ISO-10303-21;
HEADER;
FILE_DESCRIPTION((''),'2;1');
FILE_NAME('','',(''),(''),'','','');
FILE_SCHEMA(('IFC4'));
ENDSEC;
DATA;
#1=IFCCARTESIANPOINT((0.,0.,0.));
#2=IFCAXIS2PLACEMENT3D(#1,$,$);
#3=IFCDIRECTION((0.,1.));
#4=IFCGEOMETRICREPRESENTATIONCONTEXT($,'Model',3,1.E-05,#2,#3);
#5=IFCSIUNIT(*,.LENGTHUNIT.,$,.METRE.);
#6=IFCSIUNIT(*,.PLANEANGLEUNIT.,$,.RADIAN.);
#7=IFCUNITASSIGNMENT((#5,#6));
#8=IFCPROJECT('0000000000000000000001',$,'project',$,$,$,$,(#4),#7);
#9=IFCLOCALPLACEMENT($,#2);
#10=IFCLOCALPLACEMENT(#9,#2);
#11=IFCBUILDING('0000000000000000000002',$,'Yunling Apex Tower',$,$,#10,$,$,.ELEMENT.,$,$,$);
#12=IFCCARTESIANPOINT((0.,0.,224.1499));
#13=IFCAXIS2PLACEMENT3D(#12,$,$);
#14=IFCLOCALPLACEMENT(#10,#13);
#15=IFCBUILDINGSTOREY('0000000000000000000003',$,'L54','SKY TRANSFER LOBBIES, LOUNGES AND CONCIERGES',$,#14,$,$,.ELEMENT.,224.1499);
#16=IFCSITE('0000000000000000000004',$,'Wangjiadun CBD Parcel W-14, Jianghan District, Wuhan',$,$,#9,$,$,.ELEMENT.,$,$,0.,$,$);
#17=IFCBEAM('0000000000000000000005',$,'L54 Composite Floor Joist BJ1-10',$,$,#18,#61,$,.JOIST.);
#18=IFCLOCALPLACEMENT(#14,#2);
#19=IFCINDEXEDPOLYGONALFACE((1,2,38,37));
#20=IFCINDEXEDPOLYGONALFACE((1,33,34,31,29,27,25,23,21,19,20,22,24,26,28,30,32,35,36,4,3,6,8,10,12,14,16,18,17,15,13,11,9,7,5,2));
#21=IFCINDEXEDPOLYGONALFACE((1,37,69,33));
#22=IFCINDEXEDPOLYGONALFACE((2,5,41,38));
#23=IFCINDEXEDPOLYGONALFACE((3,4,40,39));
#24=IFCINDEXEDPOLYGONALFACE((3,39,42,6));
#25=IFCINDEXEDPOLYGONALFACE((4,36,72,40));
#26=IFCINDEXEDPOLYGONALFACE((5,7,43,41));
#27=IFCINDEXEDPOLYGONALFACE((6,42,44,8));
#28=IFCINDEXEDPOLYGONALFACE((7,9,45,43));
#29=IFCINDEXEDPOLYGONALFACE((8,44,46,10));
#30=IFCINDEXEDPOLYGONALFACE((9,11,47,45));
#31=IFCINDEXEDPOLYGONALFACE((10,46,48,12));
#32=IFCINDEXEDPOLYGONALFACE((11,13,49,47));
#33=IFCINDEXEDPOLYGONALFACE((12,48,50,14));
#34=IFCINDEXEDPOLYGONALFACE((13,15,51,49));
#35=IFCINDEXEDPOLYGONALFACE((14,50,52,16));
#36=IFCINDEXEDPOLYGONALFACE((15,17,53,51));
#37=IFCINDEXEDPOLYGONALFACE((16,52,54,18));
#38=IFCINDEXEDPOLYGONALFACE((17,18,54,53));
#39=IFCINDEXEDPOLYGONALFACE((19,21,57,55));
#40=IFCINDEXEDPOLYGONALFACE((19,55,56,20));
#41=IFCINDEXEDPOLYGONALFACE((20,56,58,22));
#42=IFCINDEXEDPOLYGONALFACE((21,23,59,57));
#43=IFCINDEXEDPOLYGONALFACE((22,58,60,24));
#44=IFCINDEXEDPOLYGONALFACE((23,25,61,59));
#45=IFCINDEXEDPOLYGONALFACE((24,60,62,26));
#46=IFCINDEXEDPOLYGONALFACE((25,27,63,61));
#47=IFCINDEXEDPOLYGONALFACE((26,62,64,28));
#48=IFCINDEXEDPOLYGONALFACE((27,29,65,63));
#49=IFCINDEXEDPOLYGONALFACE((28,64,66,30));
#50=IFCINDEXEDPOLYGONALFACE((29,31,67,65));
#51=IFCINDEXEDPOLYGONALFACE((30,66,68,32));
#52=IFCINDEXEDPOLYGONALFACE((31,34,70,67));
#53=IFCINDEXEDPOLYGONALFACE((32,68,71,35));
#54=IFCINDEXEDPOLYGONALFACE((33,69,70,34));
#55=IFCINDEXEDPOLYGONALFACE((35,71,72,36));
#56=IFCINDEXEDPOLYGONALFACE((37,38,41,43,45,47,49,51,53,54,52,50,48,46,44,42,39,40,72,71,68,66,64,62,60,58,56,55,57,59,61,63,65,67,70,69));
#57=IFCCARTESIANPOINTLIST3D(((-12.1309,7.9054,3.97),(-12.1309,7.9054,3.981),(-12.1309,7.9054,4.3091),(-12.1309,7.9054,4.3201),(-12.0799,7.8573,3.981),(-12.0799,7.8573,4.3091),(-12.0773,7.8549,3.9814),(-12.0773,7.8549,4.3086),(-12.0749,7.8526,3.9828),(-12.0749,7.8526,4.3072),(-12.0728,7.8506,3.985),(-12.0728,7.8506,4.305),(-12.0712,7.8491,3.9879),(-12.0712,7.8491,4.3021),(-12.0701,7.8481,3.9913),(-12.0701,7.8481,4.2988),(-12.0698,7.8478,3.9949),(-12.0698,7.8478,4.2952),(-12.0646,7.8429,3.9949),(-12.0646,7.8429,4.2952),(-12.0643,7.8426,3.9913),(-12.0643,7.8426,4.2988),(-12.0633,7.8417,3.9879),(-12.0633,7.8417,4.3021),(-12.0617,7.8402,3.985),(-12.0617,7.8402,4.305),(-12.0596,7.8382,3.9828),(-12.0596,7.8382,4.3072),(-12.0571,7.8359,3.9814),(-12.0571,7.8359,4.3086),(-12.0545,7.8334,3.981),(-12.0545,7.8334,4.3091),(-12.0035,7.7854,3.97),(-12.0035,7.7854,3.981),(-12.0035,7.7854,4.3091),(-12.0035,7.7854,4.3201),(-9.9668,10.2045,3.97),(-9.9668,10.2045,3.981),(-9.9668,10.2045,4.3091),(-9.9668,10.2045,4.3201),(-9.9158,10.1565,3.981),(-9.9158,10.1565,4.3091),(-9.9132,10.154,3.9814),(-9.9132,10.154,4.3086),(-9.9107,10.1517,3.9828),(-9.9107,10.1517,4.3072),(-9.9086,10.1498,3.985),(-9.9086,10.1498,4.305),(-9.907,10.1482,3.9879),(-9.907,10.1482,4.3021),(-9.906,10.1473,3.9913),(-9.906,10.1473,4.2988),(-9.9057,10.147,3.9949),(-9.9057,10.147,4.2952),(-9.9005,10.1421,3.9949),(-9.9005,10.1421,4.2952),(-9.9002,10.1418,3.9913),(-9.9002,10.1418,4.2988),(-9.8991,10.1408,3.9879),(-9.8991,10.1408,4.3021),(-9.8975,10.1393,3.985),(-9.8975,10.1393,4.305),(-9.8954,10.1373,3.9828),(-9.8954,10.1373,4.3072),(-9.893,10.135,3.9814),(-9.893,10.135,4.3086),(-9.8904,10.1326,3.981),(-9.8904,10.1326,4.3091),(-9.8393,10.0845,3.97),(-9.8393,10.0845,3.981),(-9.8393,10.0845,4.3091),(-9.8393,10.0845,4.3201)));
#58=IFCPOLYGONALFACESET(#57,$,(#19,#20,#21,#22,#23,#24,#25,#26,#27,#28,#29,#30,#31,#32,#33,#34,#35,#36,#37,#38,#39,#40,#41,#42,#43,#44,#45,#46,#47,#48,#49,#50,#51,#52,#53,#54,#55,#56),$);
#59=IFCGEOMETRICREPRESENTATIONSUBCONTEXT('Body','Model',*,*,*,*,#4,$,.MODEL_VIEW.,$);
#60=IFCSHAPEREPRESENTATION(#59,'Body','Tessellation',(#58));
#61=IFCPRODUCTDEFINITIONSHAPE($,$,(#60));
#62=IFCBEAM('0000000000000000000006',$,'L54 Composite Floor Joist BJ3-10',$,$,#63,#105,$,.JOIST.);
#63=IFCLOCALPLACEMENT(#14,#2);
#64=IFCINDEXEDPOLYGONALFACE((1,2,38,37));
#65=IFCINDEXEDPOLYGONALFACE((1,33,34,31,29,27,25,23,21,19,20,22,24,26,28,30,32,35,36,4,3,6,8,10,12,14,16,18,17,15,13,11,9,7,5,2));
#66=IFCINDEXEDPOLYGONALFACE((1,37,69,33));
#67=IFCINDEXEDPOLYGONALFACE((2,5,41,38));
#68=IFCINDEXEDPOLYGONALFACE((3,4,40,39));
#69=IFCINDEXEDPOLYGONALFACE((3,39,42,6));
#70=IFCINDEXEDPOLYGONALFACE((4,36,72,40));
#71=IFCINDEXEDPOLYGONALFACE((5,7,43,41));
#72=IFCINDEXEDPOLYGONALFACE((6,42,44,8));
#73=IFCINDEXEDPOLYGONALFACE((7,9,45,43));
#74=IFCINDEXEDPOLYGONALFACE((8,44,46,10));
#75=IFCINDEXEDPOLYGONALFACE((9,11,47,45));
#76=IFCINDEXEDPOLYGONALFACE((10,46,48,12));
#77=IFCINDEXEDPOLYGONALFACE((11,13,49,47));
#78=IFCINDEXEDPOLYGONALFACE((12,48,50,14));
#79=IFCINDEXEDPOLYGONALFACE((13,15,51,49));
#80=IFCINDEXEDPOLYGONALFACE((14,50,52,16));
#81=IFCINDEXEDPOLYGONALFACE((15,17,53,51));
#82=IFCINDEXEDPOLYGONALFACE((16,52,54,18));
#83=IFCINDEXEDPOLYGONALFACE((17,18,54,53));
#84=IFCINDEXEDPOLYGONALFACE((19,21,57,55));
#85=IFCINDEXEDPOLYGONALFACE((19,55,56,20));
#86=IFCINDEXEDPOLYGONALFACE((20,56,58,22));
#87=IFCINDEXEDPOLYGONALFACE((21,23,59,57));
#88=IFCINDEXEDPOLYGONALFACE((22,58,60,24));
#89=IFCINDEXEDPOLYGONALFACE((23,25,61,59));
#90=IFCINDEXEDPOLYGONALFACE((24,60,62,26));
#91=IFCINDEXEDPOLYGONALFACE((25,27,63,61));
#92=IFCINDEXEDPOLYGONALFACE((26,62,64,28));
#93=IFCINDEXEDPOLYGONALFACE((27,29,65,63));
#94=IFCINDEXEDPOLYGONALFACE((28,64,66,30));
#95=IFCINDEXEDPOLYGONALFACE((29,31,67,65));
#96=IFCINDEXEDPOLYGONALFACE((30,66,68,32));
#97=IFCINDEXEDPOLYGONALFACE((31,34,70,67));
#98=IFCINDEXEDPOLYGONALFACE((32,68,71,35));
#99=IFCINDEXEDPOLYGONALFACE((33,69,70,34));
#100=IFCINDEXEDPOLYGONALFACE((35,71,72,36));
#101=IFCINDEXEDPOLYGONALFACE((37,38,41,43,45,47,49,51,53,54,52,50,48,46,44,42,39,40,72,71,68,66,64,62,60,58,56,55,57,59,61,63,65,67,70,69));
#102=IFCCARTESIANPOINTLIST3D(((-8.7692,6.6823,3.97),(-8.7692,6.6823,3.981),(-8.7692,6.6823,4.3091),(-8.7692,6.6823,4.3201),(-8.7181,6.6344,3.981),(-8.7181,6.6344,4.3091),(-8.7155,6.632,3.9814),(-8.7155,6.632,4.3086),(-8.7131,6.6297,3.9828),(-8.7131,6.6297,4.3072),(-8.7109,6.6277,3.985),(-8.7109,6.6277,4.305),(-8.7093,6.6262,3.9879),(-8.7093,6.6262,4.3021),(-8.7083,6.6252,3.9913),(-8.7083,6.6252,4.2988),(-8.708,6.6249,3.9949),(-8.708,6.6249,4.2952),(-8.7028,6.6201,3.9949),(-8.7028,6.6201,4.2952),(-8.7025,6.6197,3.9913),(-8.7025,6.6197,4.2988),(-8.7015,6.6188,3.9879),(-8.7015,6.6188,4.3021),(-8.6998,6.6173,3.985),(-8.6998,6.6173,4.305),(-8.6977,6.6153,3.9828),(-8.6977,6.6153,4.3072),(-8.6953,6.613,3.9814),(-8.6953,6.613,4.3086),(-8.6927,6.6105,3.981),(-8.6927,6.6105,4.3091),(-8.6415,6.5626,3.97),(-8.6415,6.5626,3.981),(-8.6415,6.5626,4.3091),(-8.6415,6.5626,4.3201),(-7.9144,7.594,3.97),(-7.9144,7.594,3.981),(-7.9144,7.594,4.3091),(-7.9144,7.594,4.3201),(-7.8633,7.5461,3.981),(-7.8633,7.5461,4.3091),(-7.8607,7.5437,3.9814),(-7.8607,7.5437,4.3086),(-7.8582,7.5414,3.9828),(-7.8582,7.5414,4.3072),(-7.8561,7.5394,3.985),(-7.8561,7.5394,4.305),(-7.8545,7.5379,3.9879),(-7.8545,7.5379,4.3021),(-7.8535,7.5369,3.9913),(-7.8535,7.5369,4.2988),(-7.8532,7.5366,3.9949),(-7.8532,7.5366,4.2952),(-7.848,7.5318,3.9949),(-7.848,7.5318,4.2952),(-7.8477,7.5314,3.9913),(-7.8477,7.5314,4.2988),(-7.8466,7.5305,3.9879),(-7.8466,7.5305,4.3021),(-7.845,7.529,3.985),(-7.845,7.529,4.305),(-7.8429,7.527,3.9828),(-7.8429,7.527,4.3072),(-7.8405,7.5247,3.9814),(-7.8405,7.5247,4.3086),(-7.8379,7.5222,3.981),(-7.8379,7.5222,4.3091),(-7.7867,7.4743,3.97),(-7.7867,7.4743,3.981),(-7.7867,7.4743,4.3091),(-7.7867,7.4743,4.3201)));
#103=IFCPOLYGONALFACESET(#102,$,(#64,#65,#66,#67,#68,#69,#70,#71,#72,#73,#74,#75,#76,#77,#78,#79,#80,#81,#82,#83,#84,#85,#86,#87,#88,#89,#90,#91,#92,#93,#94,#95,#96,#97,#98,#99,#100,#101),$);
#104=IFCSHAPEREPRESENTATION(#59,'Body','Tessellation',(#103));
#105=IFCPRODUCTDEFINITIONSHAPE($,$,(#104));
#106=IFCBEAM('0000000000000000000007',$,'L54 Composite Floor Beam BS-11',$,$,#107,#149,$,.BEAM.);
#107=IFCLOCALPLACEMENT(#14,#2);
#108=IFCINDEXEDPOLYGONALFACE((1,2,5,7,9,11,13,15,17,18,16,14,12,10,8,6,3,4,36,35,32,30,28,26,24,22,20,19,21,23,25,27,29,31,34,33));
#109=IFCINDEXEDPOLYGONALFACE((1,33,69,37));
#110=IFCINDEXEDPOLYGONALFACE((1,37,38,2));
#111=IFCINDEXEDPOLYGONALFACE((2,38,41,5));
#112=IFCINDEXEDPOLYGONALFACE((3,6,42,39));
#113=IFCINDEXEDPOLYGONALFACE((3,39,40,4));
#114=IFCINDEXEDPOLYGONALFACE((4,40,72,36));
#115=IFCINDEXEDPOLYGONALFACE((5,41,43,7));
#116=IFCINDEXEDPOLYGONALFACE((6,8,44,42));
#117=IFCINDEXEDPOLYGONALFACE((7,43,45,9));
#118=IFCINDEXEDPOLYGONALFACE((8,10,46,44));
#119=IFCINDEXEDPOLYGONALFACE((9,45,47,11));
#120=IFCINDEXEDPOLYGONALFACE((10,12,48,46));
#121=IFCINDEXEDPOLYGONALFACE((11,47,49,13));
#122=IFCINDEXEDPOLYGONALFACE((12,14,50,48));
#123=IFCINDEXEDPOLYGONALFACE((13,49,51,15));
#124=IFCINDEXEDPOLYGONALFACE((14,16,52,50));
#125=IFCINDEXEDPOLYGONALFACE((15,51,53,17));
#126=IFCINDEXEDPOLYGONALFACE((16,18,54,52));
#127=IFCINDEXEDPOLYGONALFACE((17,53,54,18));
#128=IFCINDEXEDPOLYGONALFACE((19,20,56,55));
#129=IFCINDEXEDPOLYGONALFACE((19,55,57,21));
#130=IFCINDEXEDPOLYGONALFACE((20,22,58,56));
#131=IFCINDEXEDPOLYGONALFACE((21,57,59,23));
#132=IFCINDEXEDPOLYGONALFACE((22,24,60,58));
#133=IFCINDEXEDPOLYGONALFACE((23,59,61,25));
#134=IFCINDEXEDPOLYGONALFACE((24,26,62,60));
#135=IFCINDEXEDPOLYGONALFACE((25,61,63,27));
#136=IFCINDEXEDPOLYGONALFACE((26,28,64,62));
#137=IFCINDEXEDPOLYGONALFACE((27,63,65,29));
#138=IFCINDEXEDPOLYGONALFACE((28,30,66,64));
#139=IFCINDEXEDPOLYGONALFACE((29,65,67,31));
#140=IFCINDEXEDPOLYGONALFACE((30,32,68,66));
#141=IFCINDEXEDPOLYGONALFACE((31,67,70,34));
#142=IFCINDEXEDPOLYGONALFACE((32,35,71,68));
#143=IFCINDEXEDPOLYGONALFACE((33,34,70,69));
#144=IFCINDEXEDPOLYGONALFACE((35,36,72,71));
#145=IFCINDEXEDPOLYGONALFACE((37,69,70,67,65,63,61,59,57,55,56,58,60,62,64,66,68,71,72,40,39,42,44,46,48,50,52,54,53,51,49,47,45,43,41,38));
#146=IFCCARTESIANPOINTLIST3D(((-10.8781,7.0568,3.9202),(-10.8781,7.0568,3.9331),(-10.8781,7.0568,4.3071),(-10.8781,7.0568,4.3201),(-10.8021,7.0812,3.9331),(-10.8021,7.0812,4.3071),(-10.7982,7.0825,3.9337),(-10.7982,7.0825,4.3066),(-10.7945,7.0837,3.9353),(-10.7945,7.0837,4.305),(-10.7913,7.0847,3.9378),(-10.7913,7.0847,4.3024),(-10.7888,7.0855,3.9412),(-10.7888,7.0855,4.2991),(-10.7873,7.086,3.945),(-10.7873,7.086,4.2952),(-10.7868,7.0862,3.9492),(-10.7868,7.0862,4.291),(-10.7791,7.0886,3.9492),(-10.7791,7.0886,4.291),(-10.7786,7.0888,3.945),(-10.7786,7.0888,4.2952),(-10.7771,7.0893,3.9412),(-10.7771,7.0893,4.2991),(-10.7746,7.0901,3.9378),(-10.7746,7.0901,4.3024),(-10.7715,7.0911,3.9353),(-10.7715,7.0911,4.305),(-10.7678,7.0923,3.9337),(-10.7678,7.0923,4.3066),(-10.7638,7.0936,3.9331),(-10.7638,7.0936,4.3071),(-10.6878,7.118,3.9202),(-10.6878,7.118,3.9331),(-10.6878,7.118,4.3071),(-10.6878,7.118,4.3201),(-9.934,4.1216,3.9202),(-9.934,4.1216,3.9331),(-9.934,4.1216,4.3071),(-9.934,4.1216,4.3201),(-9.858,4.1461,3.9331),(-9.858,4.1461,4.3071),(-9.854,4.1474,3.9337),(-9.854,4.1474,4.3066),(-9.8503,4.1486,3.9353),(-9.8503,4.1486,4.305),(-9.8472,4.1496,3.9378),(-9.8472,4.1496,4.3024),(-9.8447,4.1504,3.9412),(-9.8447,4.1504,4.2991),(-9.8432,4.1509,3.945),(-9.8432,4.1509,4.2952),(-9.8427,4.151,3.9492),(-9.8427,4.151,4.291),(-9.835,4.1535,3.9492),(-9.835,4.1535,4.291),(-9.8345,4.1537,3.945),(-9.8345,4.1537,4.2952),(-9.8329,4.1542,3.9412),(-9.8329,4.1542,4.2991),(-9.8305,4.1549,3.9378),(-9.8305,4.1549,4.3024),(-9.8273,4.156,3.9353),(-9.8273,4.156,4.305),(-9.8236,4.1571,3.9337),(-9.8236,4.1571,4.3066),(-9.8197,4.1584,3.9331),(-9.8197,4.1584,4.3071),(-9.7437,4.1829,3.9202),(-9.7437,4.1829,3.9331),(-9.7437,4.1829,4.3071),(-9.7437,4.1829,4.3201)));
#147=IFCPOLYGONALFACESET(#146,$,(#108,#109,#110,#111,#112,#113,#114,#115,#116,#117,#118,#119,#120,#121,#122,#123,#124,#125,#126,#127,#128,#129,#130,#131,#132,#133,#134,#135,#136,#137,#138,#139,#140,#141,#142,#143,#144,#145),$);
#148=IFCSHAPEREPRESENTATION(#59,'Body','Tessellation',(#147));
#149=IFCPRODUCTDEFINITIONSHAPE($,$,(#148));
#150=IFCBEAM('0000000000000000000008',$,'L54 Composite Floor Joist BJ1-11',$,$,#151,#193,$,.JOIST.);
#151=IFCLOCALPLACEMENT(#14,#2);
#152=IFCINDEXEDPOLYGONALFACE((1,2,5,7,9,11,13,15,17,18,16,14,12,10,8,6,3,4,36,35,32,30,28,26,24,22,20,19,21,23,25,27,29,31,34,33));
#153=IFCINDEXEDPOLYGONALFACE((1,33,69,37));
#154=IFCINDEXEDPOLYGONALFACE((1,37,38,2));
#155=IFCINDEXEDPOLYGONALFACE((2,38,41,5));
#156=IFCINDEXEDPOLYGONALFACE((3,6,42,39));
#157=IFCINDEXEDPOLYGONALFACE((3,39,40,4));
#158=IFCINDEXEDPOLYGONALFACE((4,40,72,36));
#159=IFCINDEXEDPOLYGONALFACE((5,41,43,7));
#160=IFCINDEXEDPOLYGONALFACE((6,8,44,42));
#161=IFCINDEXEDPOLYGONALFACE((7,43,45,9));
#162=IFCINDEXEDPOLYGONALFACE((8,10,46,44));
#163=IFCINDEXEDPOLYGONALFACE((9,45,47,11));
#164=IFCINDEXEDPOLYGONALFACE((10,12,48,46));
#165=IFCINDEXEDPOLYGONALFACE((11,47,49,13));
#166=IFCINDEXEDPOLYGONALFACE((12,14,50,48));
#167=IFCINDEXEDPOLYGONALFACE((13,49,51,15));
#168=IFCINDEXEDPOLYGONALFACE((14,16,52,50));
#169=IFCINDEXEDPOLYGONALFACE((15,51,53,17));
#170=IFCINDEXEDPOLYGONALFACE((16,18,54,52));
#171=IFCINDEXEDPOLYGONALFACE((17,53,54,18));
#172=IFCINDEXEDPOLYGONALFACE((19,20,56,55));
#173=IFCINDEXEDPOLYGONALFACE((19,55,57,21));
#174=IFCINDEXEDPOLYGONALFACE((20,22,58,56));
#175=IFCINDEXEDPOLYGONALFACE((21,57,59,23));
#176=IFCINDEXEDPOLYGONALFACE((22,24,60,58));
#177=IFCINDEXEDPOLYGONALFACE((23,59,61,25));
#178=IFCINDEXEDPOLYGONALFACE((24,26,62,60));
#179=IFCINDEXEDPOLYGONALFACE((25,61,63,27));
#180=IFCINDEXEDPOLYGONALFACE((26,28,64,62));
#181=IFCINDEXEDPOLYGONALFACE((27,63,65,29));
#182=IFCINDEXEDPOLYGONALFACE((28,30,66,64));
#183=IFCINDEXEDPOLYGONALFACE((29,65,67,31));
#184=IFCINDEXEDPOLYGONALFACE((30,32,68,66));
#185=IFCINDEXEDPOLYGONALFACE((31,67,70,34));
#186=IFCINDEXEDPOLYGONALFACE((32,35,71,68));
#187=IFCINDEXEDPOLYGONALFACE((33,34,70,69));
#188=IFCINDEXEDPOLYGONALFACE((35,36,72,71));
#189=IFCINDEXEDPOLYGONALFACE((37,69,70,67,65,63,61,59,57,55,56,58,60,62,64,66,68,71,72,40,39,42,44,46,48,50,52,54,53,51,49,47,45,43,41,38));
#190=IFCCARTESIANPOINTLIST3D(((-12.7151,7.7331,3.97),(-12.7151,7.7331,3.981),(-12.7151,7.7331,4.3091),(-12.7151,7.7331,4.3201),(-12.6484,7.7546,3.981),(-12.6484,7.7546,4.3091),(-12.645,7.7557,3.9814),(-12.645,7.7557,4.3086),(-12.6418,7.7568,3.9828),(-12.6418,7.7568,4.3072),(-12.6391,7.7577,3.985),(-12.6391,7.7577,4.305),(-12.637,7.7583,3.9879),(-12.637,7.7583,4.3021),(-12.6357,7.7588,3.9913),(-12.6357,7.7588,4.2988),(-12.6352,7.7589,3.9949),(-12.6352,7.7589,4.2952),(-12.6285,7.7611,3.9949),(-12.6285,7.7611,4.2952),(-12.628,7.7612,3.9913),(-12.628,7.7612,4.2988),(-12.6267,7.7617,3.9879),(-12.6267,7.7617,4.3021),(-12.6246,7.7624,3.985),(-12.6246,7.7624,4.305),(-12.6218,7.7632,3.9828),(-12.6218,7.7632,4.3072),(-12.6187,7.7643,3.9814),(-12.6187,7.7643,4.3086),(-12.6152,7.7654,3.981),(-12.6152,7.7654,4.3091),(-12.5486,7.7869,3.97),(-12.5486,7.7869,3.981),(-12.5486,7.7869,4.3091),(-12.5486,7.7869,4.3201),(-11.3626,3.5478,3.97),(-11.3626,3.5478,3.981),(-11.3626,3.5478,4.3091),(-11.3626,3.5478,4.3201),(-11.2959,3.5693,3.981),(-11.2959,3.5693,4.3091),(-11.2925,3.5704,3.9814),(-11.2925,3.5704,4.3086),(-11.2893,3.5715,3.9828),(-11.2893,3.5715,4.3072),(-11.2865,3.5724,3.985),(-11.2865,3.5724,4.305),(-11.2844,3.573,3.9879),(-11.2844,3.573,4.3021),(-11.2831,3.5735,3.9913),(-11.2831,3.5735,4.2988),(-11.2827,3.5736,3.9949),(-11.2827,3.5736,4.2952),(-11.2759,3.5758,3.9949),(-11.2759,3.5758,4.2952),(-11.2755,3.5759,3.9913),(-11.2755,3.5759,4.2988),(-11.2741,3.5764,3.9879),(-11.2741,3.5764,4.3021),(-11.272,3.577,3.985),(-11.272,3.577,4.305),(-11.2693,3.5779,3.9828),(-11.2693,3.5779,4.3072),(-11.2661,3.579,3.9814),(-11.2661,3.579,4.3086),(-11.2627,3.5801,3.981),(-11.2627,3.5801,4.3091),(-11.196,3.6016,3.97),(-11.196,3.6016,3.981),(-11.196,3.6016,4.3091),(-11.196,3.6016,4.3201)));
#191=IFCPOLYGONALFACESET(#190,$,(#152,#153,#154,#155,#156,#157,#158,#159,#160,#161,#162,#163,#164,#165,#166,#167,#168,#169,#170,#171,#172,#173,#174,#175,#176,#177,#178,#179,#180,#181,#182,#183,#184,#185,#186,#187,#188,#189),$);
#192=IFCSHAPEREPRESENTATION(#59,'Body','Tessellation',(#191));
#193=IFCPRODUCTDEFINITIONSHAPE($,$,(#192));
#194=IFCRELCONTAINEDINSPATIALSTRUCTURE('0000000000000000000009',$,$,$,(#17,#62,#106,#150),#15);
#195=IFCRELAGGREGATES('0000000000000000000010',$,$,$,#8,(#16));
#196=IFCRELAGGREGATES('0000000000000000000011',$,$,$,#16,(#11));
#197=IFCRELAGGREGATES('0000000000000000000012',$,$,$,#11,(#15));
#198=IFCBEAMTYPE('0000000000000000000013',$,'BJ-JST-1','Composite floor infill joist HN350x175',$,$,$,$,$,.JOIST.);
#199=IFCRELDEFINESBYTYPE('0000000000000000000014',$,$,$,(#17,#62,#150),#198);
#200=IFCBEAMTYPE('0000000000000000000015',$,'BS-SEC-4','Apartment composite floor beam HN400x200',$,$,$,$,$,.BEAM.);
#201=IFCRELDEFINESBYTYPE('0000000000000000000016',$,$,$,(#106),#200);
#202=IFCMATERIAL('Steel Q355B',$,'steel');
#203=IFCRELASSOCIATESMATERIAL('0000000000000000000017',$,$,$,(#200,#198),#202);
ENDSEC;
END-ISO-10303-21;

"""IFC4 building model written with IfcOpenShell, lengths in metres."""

from ifc_helpers import new_model, si_unit, direction, frame, origin, origin_2d, place, context, subcontext, project, spatial, i_section, extrude, source, transform, mapped, material, material_profile, profile_set, type_object, element, save


model = new_model("IFC4")

# Units and contexts
model_context = context("Model", 3, precision=1e-05, world=origin(), true_north=direction((0.0, 1.0)))
body_context = subcontext(model_context, "Body", "Model", "MODEL_VIEW")
ifc_project = project(units=[si_unit("LENGTHUNIT", "METRE"), si_unit("PLANEANGLEUNIT", "RADIAN")], contexts=[model_context])

# Site, building, storey
site_placement = place(None, origin())
site = spatial("IfcSite", under=ifc_project, at=site_placement, Name="Wangjiadun CBD Parcel W-14, Jianghan District, Wuhan", CompositionType="ELEMENT", RefElevation=0.0)
building_placement = place(site_placement, origin())
building = spatial("IfcBuilding", under=site, at=building_placement, Name="Yunling Apex Tower", CompositionType="ELEMENT")
storey_placement = place(building_placement, frame((0.0, 0.0, 224.1499)))
storey = spatial("IfcBuildingStorey", under=building, at=storey_placement, Name="L54", Description="SKY TRANSFER LOBBIES, LOUNGES AND CONCIERGES", CompositionType="ELEMENT", Elevation=224.1499)

# Beams
ifc_material_1 = material(Name="Steel Q355B", Category="steel")
ifc_material_profile_1 = material_profile(ifc_material_1, i_section(OverallWidth=0.2, OverallDepth=0.3999, WebThickness=0.0081, FlangeThickness=0.0129, FilletRadius=0.0161, at=origin_2d()))
ifc_profile_set_1 = profile_set([ifc_material_profile_1], Name="Steel Q355B")
beam_type_1 = type_object("IfcBeamType", Name="BS-SEC-4", Description="Apartment composite floor beam HN400x200", PredefinedType="BEAM", material=ifc_profile_set_1)
ifc_material_profile_2 = material_profile(ifc_material_1, i_section(OverallWidth=0.175, OverallDepth=0.3501, WebThickness=0.0071, FlangeThickness=0.011, FilletRadius=0.0139, at=origin_2d()))
ifc_profile_set_2 = profile_set([ifc_material_profile_2], Name="Steel Q355B")
beam_type_2 = type_object("IfcBeamType", Name="BJ-JST-1", Description="Composite floor infill joist HN350x175", PredefinedType="JOIST", material=ifc_profile_set_2)
shared_shape_1 = source(origin(), body_context, "Body", "SweptSolid", [
    extrude(i_section(OverallWidth=0.175, OverallDepth=0.3501, WebThickness=0.0071, FlangeThickness=0.011, FilletRadius=0.0139, at=origin_2d()), origin(), (0.0, 0.0, 1.0), 3.1575),
])
beam_1_placement = place(storey_placement, frame((-9.9031, 10.1445, 4.145), z_axis=(-0.685403, -0.728164, 0.0), x_axis=(0.728164, -0.685403, 0.0)))
element("IfcBeam", 1, at=beam_1_placement, inside=storey, type_object=beam_type_2, Name="L54 Composite Floor Joist BJ1-10", PredefinedType="JOIST", context=body_context, shape_type="MappedRepresentation", body=[
    mapped(shared_shape_1, transform((0.0, 0.0, 0.0), scale=1.0)),
])
shared_shape_2 = source(origin(), body_context, "Body", "SweptSolid", [
    extrude(i_section(OverallWidth=0.175, OverallDepth=0.3501, WebThickness=0.0071, FlangeThickness=0.011, FilletRadius=0.0139, at=origin_2d()), origin(), (0.0, 0.0, 1.0), 1.2498),
])
beam_2_placement = place(storey_placement, frame((-7.8506, 7.5342, 4.145), z_axis=(-0.68398, -0.729501, 0.0), x_axis=(0.729501, -0.68398, 0.0)))
element("IfcBeam", 2, at=beam_2_placement, inside=storey, type_object=beam_type_2, Name="L54 Composite Floor Joist BJ3-10", PredefinedType="JOIST", context=body_context, shape_type="MappedRepresentation", body=[
    mapped(shared_shape_2, transform((0.0, 0.0, 0.0), scale=1.0)),
])
shared_shape_3 = source(origin(), body_context, "Body", "SweptSolid", [
    extrude(i_section(OverallWidth=0.2, OverallDepth=0.3999, WebThickness=0.0081, FlangeThickness=0.0129, FilletRadius=0.0161, at=origin_2d()), origin(), (0.0, 0.0, 1.0), 3.0833),
])
beam_3_placement = place(storey_placement, frame((-10.783, 7.0874, 4.1201), z_axis=(0.306209, -0.951964, 0.0), x_axis=(0.951964, 0.306209, 0.0)))
element("IfcBeam", 3, at=beam_3_placement, inside=storey, type_object=beam_type_1, Name="L54 Composite Floor Beam BS-11", PredefinedType="BEAM", context=body_context, shape_type="MappedRepresentation", body=[
    mapped(shared_shape_3, transform((0.0, 0.0, 0.0), scale=1.0)),
])
shared_shape_4 = source(origin(), body_context, "Body", "SweptSolid", [
    extrude(i_section(OverallWidth=0.175, OverallDepth=0.3501, WebThickness=0.0071, FlangeThickness=0.011, FilletRadius=0.0139, at=origin_2d()), origin(), (0.0, 0.0, 1.0), 4.3984),
])
beam_4_placement = place(storey_placement, frame((-12.6318, 7.76, 4.145), z_axis=(0.307505, -0.951546, 0.0), x_axis=(0.951546, 0.307505, 0.0)))
element("IfcBeam", 4, at=beam_4_placement, inside=storey, type_object=beam_type_2, Name="L54 Composite Floor Joist BJ1-11", PredefinedType="JOIST", context=body_context, shape_type="MappedRepresentation", body=[
    mapped(shared_shape_4, transform((0.0, 0.0, 0.0), scale=1.0)),
])

save(model, "model.ifc")
